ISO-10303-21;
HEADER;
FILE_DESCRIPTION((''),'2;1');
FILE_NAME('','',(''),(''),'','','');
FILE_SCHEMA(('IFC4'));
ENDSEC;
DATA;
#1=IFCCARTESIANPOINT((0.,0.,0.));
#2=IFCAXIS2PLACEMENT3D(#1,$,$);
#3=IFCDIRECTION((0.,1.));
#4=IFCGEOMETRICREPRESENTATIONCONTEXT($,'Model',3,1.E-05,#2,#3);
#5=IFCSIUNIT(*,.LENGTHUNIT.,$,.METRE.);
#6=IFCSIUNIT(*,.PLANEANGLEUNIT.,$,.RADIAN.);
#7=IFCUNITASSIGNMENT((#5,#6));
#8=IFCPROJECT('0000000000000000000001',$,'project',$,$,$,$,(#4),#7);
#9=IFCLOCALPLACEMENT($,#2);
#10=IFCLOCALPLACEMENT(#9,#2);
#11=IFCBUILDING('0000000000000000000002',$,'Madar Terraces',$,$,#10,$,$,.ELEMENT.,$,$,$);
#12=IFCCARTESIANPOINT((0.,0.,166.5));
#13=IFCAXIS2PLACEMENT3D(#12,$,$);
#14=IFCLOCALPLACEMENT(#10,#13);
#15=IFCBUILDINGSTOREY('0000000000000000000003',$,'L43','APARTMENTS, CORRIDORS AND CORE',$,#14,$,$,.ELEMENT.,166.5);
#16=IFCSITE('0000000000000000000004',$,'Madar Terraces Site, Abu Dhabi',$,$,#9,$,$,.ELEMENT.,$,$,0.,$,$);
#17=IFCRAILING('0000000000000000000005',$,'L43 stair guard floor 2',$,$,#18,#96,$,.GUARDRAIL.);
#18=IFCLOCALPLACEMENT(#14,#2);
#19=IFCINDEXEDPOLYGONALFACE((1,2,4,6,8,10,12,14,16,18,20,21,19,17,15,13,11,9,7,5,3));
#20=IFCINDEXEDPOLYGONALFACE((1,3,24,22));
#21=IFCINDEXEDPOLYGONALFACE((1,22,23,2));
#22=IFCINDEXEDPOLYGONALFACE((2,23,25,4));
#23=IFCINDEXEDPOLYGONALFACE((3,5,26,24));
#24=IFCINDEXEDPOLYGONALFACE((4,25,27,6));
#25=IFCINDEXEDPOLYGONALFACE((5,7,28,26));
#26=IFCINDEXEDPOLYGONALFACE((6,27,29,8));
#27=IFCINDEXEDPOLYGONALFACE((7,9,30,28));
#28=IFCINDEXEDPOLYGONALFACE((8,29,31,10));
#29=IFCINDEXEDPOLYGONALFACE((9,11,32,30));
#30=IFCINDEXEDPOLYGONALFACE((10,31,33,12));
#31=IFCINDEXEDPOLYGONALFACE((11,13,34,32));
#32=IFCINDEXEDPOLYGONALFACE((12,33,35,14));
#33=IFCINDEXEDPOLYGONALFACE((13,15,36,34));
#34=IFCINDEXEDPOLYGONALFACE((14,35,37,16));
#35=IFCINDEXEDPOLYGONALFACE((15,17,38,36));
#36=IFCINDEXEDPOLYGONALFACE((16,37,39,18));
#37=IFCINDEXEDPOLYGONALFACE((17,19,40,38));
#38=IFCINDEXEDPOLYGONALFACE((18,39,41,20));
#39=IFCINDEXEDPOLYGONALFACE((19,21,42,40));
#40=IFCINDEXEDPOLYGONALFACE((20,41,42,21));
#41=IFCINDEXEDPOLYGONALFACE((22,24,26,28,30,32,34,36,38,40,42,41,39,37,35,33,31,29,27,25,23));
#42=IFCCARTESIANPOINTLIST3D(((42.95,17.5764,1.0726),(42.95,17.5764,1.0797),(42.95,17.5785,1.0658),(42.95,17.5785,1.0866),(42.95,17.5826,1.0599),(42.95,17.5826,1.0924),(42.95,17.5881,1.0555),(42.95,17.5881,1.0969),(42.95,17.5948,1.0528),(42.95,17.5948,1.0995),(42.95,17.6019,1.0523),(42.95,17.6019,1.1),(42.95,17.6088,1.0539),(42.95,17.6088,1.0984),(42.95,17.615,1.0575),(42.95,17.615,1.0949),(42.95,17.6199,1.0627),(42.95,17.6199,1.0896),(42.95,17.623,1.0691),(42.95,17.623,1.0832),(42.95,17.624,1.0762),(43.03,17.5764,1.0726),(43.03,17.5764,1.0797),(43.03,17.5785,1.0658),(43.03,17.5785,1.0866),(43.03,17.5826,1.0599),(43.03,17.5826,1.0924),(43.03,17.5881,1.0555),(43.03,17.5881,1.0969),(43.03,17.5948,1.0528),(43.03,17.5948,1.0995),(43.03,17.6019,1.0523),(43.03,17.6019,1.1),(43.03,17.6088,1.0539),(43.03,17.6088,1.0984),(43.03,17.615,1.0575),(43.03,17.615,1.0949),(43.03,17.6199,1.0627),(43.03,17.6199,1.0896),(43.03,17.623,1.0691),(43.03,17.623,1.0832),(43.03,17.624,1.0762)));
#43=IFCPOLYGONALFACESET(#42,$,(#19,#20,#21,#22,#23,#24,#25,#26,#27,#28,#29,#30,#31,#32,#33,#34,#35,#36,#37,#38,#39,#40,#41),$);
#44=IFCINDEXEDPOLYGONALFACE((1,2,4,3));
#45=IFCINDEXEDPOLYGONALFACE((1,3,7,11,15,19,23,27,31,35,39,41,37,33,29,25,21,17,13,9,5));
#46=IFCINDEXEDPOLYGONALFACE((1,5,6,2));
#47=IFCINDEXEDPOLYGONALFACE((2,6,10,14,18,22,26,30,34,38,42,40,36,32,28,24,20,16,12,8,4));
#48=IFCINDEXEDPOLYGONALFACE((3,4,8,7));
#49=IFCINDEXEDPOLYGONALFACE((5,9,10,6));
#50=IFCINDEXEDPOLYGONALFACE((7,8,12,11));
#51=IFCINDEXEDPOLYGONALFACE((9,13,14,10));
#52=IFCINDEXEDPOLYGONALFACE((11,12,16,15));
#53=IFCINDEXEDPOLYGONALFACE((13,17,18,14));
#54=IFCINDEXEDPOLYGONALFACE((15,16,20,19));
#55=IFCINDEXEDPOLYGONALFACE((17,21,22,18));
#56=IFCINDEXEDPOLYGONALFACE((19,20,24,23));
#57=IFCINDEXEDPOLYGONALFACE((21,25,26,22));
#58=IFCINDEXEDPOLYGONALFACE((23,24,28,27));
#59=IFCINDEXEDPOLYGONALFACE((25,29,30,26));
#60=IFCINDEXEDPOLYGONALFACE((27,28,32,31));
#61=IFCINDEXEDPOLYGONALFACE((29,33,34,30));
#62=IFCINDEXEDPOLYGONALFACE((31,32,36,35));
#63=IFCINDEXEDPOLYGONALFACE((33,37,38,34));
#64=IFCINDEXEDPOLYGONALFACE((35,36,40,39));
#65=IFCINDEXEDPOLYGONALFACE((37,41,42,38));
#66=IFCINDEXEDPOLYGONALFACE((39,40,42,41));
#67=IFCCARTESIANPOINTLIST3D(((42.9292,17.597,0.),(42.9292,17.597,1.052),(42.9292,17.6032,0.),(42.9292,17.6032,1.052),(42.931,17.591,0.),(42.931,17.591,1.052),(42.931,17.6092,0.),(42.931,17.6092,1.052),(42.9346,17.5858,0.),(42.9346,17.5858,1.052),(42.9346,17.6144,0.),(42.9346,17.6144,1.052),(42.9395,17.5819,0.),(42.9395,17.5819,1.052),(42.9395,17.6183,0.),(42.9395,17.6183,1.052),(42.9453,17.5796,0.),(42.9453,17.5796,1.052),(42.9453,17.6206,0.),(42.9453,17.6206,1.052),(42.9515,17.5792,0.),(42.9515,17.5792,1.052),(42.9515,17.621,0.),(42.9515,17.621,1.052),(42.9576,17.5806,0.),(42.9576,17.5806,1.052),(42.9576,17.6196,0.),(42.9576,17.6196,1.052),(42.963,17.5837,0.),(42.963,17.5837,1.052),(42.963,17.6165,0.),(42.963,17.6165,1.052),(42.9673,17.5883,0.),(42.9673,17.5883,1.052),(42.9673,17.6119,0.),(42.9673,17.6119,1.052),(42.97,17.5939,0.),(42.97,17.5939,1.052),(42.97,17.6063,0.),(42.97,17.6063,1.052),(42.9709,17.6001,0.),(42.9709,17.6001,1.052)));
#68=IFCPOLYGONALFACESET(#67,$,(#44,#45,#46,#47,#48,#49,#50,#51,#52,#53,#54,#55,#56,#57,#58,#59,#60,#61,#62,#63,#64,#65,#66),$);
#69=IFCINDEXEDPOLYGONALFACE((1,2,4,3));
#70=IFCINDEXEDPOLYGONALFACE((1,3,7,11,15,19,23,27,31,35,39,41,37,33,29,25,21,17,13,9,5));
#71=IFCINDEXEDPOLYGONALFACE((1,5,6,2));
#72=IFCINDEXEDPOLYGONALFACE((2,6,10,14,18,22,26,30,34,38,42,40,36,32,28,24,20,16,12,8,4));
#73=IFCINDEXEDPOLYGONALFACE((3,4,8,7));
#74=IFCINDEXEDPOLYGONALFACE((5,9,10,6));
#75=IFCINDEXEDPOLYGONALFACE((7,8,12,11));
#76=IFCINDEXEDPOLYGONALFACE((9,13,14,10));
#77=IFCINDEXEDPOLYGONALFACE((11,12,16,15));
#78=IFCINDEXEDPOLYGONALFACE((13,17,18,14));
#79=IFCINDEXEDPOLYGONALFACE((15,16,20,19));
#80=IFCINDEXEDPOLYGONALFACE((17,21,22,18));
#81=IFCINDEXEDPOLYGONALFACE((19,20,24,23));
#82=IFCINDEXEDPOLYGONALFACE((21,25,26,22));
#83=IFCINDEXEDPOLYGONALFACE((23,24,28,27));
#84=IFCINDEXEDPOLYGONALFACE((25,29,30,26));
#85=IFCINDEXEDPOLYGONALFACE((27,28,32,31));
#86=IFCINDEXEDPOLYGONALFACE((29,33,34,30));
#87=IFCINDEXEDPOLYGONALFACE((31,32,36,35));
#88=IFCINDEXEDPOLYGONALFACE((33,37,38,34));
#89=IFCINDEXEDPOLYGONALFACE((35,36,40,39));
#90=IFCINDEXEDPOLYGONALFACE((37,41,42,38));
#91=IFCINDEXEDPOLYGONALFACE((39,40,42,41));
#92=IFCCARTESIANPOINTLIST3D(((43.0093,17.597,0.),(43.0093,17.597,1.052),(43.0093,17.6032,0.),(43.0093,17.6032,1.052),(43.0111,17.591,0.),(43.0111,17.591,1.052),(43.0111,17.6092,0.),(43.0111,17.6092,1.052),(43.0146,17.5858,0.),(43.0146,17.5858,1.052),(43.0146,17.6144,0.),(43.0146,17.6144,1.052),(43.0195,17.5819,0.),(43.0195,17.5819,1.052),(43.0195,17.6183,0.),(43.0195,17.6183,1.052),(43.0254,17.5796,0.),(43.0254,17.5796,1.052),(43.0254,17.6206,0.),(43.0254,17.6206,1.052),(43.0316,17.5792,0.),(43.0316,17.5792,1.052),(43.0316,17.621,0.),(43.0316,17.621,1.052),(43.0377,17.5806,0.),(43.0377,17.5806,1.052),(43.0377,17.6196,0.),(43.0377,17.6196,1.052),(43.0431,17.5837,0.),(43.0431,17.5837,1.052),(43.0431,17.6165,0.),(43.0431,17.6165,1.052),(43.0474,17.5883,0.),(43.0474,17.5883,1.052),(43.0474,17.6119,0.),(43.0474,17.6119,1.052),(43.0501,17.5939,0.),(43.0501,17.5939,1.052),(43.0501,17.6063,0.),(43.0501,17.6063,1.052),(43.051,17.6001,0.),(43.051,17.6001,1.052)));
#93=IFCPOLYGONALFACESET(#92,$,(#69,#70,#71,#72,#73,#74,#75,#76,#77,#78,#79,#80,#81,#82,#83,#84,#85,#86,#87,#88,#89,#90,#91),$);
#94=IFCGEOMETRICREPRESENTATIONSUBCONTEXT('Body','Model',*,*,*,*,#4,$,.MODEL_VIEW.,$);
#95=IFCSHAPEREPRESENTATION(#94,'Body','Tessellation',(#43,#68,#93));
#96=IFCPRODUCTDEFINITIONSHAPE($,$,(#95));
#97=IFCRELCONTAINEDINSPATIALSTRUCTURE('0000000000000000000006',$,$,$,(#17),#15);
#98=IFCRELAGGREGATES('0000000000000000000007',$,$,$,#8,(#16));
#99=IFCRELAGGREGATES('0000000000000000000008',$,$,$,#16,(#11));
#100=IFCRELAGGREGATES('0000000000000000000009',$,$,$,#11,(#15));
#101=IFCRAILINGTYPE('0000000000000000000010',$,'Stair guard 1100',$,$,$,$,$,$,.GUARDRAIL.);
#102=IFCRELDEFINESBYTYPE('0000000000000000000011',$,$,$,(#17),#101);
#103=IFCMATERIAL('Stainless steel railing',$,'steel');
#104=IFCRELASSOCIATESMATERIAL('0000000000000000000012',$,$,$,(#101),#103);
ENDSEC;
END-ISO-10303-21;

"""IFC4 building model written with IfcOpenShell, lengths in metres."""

from ifc_helpers import new_model, si_unit, direction, frame, origin, origin_2d, place, context, subcontext, project, spatial, circle, extrude, material, type_object, element, save


model = new_model("IFC4")

# Units and contexts
model_context = context("Model", 3, precision=1e-05, world=origin(), true_north=direction((0.0, 1.0)))
body_context = subcontext(model_context, "Body", "Model", "MODEL_VIEW")
ifc_project = project(units=[si_unit("LENGTHUNIT", "METRE"), si_unit("PLANEANGLEUNIT", "RADIAN")], contexts=[model_context])

# Site, building, storey
site_placement = place(None, origin())
site = spatial("IfcSite", under=ifc_project, at=site_placement, Name="Madar Terraces Site, Abu Dhabi", CompositionType="ELEMENT", RefElevation=0.0)
building_placement = place(site_placement, origin())
building = spatial("IfcBuilding", under=site, at=building_placement, Name="Madar Terraces", CompositionType="ELEMENT")
storey_placement = place(building_placement, frame((0.0, 0.0, 166.5)))
storey = spatial("IfcBuildingStorey", under=building, at=storey_placement, Name="L43", Description="APARTMENTS, CORRIDORS AND CORE", CompositionType="ELEMENT", Elevation=166.5)

# Railing
ifc_material_1 = material(Name="Stainless steel railing", Category="steel")
railing_type_1 = type_object("IfcRailingType", Name="Stair guard 1100", PredefinedType="GUARDRAIL", material=ifc_material_1)
railing_1_placement = place(storey_placement, frame((42.95, 17.6001, 0.0)))
element("IfcRailing", 1, at=railing_1_placement, inside=storey, type_object=railing_type_1, Name="L43 stair guard floor 2", PredefinedType="GUARDRAIL", context=body_context, shape_type="SweptSolid", body=[
    extrude(circle(Radius=0.0239, at=origin_2d()), frame((0.0, 0.0, 1.0762), z_axis=(1.0, 0.0, 0.0), x_axis=(0.0, 1.0, 0.0)), (0.0, 0.0, 1.0), 0.0801),
    extrude(circle(Radius=0.021, at=origin_2d()), origin(), (0.0, 0.0, 1.0), 1.052),
    extrude(circle(Radius=0.021, at=origin_2d()), frame((0.0801, 0.0, 0.0)), (0.0, 0.0, 1.0), 1.052),
])

save(model, "model.ifc")
